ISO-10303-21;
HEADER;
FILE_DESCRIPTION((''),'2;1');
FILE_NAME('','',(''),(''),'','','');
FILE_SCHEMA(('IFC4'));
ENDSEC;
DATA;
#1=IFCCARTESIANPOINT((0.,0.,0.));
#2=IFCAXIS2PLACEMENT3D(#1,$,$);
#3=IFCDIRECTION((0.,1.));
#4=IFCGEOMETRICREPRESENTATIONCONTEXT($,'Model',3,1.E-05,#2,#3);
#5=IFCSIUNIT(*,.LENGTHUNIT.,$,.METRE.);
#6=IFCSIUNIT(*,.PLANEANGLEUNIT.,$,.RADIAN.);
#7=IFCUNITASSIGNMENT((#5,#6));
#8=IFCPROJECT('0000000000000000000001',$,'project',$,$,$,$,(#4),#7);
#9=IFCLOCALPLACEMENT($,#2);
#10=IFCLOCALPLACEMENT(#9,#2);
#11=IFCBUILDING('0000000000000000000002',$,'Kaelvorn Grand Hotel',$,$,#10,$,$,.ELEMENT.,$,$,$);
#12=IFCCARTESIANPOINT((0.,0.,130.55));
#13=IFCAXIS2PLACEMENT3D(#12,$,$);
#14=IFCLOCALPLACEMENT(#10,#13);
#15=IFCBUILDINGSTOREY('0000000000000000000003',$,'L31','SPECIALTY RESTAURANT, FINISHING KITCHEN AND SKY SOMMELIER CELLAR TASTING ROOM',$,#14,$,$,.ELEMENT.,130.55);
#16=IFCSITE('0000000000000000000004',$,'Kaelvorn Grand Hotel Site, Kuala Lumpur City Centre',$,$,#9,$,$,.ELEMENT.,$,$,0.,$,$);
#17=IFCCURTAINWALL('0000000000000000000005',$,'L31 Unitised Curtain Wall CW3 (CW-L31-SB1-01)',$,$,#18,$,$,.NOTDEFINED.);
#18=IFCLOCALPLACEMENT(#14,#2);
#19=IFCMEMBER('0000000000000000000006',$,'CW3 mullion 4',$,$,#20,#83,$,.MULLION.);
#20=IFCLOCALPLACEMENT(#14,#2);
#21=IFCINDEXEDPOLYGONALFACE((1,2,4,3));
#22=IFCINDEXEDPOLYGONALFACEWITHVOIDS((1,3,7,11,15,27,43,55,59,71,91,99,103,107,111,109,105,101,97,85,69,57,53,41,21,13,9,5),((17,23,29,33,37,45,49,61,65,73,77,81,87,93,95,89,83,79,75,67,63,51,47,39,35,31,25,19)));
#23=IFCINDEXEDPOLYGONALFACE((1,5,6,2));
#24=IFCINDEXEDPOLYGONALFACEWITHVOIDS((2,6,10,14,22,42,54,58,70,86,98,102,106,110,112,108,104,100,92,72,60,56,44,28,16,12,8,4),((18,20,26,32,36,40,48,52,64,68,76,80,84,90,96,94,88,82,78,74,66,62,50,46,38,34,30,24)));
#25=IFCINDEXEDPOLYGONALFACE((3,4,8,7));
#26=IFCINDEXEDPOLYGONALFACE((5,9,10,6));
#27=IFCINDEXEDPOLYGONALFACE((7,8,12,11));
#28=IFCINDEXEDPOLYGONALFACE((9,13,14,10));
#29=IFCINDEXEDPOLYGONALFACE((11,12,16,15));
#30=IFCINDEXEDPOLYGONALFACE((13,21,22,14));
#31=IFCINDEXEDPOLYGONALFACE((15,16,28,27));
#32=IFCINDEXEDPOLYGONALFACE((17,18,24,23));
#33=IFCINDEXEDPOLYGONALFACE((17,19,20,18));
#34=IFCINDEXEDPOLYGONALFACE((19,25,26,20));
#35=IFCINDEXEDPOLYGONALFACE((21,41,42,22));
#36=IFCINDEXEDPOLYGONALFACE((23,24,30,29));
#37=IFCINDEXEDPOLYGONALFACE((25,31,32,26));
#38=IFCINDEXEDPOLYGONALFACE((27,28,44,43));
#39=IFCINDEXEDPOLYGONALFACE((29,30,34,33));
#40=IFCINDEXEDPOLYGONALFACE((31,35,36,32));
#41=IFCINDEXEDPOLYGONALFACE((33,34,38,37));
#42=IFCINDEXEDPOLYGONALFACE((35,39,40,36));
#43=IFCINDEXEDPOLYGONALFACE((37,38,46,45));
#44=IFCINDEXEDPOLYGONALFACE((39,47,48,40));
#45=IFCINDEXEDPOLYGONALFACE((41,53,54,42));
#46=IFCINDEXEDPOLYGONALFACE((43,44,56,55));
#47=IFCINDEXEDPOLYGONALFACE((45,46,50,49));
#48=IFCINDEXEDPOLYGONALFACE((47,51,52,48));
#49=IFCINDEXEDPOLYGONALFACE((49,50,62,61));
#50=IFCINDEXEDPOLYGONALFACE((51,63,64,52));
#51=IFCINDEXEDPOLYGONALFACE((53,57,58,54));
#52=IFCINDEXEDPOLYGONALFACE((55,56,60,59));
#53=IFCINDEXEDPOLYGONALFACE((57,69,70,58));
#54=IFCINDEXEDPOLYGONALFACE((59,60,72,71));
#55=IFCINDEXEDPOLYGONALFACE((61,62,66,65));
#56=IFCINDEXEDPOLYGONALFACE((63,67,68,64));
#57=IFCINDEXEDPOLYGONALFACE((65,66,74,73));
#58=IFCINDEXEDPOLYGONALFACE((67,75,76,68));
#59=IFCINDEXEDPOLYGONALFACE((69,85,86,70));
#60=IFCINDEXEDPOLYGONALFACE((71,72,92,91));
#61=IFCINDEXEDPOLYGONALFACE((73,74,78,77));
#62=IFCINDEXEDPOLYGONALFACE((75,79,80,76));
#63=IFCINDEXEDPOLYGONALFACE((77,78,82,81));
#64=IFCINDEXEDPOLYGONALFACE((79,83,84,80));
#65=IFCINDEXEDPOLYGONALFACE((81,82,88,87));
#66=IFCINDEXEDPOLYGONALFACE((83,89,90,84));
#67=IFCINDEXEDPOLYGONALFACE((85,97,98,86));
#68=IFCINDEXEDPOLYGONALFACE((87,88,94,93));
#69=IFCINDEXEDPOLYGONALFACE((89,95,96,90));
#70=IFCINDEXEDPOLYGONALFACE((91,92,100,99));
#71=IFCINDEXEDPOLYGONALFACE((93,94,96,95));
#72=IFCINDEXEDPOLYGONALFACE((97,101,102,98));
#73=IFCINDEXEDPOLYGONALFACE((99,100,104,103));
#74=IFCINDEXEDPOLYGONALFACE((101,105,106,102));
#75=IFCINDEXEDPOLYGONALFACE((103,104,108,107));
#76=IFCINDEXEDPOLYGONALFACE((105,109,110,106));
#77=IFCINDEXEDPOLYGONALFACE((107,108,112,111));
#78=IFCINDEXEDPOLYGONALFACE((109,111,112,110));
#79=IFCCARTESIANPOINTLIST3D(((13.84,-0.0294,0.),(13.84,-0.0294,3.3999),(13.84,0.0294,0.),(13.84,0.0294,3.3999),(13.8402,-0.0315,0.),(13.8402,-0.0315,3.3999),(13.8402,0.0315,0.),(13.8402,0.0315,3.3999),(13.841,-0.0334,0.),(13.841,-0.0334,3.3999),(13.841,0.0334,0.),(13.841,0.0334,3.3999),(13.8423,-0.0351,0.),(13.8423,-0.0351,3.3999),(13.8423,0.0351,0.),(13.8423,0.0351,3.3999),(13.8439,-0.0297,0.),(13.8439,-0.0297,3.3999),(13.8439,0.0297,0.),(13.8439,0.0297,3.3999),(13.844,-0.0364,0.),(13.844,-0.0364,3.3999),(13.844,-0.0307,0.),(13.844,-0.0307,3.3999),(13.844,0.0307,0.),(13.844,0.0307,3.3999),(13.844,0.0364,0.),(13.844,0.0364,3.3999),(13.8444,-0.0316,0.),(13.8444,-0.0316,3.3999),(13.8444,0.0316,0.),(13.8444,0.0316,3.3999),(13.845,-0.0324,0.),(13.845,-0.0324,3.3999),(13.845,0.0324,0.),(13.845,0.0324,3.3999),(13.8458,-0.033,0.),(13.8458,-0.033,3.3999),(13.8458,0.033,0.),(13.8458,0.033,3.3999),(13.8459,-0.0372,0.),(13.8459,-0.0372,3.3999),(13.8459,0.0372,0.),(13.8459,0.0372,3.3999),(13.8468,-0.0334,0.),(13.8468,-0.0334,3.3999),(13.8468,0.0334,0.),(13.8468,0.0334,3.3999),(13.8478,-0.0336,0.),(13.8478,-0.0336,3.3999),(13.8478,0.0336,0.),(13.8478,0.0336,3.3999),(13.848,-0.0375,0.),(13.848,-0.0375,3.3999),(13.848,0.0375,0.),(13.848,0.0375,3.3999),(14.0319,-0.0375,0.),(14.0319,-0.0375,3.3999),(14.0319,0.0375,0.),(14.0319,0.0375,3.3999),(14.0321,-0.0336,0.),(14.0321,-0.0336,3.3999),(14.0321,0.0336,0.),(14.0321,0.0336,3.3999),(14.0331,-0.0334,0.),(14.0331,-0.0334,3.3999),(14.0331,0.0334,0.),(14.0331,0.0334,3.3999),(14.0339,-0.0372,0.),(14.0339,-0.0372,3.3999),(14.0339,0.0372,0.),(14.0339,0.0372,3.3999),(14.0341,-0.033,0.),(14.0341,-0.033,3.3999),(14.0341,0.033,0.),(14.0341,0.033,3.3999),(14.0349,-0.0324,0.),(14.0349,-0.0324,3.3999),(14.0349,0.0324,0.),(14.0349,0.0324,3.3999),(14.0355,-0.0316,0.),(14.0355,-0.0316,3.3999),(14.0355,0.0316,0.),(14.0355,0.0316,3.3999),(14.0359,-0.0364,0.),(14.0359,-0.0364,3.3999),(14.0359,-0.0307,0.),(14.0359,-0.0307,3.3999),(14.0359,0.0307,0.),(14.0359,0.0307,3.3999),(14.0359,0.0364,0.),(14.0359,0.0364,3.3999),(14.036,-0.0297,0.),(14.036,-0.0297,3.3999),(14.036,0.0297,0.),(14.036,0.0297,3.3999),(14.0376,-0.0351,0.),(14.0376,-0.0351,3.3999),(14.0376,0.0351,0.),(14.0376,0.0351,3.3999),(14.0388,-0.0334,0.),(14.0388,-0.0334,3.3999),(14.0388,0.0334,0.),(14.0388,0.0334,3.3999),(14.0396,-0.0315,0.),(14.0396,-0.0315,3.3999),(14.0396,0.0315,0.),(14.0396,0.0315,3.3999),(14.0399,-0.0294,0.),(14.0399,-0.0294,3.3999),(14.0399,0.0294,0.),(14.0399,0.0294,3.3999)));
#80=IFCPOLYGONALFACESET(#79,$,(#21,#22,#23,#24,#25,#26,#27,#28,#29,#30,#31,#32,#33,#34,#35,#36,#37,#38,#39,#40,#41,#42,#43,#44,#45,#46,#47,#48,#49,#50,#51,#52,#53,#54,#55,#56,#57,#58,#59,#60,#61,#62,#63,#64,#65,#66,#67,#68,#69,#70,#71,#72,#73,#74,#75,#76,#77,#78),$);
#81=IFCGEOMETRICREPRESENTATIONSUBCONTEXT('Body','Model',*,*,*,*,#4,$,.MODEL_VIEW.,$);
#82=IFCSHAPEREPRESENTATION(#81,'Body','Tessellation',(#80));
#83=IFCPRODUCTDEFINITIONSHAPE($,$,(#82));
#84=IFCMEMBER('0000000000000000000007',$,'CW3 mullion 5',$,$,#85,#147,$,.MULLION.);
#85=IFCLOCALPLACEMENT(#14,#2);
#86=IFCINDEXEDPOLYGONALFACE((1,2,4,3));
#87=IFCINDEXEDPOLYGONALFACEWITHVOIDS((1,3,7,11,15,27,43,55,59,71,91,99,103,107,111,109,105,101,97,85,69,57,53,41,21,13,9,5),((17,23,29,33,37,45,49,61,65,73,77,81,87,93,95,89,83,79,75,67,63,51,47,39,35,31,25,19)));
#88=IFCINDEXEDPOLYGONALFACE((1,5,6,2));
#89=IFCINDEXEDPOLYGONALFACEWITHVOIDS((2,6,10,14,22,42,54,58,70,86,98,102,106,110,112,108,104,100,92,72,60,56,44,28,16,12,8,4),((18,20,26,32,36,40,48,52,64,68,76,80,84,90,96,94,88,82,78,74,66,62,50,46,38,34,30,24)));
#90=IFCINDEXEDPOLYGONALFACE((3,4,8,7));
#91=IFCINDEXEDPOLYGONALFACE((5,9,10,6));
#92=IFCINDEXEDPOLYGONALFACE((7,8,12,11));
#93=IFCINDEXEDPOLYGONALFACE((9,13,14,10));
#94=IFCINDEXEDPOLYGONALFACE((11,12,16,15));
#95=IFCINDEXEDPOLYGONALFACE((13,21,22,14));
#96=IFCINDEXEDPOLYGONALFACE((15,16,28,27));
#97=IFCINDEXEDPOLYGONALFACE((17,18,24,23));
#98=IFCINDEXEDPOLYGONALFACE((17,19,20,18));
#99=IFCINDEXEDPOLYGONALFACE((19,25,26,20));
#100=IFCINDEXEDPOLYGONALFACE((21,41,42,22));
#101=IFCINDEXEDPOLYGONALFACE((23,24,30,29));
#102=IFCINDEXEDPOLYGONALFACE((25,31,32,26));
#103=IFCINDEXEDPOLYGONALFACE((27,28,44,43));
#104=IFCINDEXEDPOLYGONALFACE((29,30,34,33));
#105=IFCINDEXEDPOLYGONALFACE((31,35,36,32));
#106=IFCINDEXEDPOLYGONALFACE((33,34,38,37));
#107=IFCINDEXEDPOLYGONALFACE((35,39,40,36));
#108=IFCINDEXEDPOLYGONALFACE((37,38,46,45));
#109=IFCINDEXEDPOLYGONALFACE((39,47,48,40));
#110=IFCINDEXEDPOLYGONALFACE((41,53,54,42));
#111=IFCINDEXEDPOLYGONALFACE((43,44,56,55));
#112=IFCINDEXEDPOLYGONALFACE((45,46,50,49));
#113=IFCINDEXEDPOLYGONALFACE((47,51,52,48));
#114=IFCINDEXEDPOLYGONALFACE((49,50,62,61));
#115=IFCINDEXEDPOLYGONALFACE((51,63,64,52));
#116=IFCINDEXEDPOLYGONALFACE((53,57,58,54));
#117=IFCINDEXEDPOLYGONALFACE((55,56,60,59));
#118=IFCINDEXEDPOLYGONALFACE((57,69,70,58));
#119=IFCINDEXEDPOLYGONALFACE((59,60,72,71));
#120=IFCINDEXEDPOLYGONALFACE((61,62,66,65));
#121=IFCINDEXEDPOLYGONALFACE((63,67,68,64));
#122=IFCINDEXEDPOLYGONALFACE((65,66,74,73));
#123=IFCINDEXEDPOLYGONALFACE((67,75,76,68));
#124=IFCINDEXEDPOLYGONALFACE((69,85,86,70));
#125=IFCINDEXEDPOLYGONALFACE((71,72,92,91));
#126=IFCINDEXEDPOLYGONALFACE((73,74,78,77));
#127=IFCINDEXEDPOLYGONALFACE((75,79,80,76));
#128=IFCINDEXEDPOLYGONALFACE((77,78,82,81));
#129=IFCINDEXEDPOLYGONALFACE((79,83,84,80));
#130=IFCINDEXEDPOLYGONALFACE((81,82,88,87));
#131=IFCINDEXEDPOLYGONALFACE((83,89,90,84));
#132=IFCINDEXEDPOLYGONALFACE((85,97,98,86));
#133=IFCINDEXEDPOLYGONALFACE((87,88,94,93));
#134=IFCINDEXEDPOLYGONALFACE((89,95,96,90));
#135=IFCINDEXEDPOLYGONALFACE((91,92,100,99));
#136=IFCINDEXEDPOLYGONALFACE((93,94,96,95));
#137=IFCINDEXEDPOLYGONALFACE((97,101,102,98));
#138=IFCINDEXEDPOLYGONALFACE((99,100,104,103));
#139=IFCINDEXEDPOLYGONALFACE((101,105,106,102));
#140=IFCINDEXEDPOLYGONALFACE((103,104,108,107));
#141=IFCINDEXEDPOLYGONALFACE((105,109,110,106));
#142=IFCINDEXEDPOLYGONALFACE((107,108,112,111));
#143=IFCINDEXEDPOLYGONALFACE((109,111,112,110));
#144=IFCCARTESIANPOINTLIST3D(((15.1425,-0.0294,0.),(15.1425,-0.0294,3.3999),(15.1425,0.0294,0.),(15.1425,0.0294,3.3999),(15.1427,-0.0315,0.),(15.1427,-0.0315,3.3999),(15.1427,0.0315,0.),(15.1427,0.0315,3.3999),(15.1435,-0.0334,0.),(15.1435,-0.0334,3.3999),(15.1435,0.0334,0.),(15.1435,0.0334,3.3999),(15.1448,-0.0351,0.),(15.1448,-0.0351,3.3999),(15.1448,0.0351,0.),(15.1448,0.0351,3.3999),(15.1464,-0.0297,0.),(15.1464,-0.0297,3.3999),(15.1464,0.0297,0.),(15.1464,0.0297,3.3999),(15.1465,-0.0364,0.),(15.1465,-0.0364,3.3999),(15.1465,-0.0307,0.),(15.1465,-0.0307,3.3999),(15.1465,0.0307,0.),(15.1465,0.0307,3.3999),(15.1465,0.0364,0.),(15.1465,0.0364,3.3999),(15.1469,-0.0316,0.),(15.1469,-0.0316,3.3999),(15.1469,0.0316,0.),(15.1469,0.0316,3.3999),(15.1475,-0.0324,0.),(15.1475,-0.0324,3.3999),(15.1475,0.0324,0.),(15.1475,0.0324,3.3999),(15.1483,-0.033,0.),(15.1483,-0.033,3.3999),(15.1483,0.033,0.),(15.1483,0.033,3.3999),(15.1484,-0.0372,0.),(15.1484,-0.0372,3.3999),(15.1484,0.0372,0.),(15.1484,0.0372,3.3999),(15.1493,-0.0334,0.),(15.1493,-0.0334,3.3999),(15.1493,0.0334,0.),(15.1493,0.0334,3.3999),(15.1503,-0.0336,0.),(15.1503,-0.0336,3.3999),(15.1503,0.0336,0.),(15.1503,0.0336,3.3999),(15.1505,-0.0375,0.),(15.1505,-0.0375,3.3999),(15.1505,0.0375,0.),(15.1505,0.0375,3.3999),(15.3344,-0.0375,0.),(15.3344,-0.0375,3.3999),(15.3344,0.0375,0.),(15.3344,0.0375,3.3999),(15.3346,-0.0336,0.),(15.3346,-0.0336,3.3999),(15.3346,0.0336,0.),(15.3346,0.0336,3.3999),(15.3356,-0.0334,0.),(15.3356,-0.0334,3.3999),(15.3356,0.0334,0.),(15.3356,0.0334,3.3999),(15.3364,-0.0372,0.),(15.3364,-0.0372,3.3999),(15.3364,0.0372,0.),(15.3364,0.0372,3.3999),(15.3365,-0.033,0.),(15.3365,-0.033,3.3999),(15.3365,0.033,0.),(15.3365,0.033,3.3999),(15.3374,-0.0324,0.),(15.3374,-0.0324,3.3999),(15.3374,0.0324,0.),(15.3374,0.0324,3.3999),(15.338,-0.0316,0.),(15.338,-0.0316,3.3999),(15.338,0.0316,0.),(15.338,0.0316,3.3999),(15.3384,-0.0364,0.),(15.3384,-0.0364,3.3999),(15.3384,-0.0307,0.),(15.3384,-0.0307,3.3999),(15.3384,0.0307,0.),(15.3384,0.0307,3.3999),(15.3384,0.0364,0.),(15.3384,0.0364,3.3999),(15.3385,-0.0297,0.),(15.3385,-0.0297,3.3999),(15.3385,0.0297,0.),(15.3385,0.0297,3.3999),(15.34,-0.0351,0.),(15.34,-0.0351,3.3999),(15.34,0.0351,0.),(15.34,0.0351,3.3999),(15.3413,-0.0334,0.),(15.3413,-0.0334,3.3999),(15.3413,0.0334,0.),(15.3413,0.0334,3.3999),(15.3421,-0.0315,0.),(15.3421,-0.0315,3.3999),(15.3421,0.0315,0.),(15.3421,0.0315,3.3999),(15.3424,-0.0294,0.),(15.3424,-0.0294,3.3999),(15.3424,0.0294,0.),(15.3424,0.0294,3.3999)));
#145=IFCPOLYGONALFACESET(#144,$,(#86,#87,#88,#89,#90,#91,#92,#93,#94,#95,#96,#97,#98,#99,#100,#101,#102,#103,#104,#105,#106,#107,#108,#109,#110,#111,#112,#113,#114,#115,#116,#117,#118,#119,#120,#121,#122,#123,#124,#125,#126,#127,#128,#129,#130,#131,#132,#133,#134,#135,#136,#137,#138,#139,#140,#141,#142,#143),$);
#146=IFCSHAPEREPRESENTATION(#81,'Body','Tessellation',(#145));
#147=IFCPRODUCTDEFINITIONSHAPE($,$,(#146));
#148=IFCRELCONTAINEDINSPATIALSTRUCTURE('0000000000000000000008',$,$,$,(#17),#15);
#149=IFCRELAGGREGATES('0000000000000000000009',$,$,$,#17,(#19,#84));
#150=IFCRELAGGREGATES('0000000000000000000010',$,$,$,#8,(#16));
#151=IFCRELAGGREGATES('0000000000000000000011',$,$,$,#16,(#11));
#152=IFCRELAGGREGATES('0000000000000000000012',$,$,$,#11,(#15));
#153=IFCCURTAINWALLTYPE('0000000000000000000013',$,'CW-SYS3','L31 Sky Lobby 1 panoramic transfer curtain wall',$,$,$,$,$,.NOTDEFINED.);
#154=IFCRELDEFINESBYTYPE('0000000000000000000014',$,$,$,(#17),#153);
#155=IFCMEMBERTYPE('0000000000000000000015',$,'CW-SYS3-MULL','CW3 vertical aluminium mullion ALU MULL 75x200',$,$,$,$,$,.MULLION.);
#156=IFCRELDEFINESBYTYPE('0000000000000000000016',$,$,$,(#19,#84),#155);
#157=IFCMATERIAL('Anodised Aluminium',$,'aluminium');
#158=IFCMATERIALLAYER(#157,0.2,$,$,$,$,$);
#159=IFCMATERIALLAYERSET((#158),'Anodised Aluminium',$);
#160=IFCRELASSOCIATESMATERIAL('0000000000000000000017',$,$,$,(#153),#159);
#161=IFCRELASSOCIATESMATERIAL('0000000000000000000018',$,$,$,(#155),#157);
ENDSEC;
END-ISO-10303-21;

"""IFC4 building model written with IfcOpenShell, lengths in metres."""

from ifc_helpers import new_model, si_unit, direction, frame, origin, origin_2d, place, context, subcontext, project, spatial, hollow_rectangle, extrude, material, layer, layer_set, material_profile, profile_set, type_object, element, aggregate, save


model = new_model("IFC4")

# Units and contexts
model_context = context("Model", 3, precision=1e-05, world=origin(), true_north=direction((0.0, 1.0)))
body_context = subcontext(model_context, "Body", "Model", "MODEL_VIEW")
ifc_project = project(units=[si_unit("LENGTHUNIT", "METRE"), si_unit("PLANEANGLEUNIT", "RADIAN")], contexts=[model_context])

# Site, building, storey
site_placement = place(None, origin())
site = spatial("IfcSite", under=ifc_project, at=site_placement, Name="Kaelvorn Grand Hotel Site, Kuala Lumpur City Centre", CompositionType="ELEMENT", RefElevation=0.0)
building_placement = place(site_placement, origin())
building = spatial("IfcBuilding", under=site, at=building_placement, Name="Kaelvorn Grand Hotel", CompositionType="ELEMENT")
storey_placement = place(building_placement, frame((0.0, 0.0, 130.55)))
storey = spatial("IfcBuildingStorey", under=building, at=storey_placement, Name="L31", Description="SPECIALTY RESTAURANT, FINISHING KITCHEN AND SKY SOMMELIER CELLAR TASTING ROOM", CompositionType="ELEMENT", Elevation=130.55)

# Curtain wall, members
ifc_material_1 = material(Name="Anodised Aluminium", Category="aluminium")
ifc_layer_1 = layer(ifc_material_1, 0.2)
ifc_layer_set_1 = layer_set([ifc_layer_1], Name="Anodised Aluminium")
curtain_wall_type = type_object("IfcCurtainWallType", Name="CW-SYS3", Description="L31 Sky Lobby 1 panoramic transfer curtain wall", PredefinedType="NOTDEFINED", material=ifc_layer_set_1)
curtain_wall_placement = place(storey_placement, origin())
curtain_wall = element("IfcCurtainWall", 1, at=curtain_wall_placement, inside=storey, type_object=curtain_wall_type, Name="L31 Unitised Curtain Wall CW3 (CW-L31-SB1-01)", PredefinedType="NOTDEFINED")
ifc_material_profile_1 = material_profile(ifc_material_1, hollow_rectangle(XDim=0.075, YDim=0.2, WallThickness=0.0039, InnerFilletRadius=0.0039, OuterFilletRadius=0.0081, at=origin_2d()), Name="ALU MULL 75x200")
ifc_profile_set_1 = profile_set([ifc_material_profile_1], Name="Anodised Aluminium")
member_type_1 = type_object("IfcMemberType", Name="CW-SYS3-MULL", Description="CW3 vertical aluminium mullion ALU MULL 75x200", PredefinedType="MULLION", material=ifc_profile_set_1)
member_1_placement = place(storey_placement, frame((13.9399, 0.0, 0.0), z_axis=(0.0, 0.0, 1.0), x_axis=(0.0, 1.0, 0.0)))
member_1 = element("IfcMember", 2, at=member_1_placement, type_object=member_type_1, Name="CW3 mullion 4", PredefinedType="MULLION", context=body_context, shape_type="SweptSolid", body=[
    extrude(hollow_rectangle(XDim=0.075, YDim=0.2, WallThickness=0.0039, InnerFilletRadius=0.0039, OuterFilletRadius=0.0081, at=origin_2d()), origin(), (0.0, 0.0, 1.0), 3.3999),
])
member_2_placement = place(storey_placement, frame((15.2424, 0.0, 0.0), z_axis=(0.0, 0.0, 1.0), x_axis=(0.0, 1.0, 0.0)))
member_2 = element("IfcMember", 3, at=member_2_placement, type_object=member_type_1, Name="CW3 mullion 5", PredefinedType="MULLION", context=body_context, shape_type="SweptSolid", body=[
    extrude(hollow_rectangle(XDim=0.075, YDim=0.2, WallThickness=0.0039, InnerFilletRadius=0.0039, OuterFilletRadius=0.0081, at=origin_2d()), origin(), (0.0, 0.0, 1.0), 3.3999),
])
aggregate(curtain_wall, [member_1, member_2])

save(model, "model.ifc")
